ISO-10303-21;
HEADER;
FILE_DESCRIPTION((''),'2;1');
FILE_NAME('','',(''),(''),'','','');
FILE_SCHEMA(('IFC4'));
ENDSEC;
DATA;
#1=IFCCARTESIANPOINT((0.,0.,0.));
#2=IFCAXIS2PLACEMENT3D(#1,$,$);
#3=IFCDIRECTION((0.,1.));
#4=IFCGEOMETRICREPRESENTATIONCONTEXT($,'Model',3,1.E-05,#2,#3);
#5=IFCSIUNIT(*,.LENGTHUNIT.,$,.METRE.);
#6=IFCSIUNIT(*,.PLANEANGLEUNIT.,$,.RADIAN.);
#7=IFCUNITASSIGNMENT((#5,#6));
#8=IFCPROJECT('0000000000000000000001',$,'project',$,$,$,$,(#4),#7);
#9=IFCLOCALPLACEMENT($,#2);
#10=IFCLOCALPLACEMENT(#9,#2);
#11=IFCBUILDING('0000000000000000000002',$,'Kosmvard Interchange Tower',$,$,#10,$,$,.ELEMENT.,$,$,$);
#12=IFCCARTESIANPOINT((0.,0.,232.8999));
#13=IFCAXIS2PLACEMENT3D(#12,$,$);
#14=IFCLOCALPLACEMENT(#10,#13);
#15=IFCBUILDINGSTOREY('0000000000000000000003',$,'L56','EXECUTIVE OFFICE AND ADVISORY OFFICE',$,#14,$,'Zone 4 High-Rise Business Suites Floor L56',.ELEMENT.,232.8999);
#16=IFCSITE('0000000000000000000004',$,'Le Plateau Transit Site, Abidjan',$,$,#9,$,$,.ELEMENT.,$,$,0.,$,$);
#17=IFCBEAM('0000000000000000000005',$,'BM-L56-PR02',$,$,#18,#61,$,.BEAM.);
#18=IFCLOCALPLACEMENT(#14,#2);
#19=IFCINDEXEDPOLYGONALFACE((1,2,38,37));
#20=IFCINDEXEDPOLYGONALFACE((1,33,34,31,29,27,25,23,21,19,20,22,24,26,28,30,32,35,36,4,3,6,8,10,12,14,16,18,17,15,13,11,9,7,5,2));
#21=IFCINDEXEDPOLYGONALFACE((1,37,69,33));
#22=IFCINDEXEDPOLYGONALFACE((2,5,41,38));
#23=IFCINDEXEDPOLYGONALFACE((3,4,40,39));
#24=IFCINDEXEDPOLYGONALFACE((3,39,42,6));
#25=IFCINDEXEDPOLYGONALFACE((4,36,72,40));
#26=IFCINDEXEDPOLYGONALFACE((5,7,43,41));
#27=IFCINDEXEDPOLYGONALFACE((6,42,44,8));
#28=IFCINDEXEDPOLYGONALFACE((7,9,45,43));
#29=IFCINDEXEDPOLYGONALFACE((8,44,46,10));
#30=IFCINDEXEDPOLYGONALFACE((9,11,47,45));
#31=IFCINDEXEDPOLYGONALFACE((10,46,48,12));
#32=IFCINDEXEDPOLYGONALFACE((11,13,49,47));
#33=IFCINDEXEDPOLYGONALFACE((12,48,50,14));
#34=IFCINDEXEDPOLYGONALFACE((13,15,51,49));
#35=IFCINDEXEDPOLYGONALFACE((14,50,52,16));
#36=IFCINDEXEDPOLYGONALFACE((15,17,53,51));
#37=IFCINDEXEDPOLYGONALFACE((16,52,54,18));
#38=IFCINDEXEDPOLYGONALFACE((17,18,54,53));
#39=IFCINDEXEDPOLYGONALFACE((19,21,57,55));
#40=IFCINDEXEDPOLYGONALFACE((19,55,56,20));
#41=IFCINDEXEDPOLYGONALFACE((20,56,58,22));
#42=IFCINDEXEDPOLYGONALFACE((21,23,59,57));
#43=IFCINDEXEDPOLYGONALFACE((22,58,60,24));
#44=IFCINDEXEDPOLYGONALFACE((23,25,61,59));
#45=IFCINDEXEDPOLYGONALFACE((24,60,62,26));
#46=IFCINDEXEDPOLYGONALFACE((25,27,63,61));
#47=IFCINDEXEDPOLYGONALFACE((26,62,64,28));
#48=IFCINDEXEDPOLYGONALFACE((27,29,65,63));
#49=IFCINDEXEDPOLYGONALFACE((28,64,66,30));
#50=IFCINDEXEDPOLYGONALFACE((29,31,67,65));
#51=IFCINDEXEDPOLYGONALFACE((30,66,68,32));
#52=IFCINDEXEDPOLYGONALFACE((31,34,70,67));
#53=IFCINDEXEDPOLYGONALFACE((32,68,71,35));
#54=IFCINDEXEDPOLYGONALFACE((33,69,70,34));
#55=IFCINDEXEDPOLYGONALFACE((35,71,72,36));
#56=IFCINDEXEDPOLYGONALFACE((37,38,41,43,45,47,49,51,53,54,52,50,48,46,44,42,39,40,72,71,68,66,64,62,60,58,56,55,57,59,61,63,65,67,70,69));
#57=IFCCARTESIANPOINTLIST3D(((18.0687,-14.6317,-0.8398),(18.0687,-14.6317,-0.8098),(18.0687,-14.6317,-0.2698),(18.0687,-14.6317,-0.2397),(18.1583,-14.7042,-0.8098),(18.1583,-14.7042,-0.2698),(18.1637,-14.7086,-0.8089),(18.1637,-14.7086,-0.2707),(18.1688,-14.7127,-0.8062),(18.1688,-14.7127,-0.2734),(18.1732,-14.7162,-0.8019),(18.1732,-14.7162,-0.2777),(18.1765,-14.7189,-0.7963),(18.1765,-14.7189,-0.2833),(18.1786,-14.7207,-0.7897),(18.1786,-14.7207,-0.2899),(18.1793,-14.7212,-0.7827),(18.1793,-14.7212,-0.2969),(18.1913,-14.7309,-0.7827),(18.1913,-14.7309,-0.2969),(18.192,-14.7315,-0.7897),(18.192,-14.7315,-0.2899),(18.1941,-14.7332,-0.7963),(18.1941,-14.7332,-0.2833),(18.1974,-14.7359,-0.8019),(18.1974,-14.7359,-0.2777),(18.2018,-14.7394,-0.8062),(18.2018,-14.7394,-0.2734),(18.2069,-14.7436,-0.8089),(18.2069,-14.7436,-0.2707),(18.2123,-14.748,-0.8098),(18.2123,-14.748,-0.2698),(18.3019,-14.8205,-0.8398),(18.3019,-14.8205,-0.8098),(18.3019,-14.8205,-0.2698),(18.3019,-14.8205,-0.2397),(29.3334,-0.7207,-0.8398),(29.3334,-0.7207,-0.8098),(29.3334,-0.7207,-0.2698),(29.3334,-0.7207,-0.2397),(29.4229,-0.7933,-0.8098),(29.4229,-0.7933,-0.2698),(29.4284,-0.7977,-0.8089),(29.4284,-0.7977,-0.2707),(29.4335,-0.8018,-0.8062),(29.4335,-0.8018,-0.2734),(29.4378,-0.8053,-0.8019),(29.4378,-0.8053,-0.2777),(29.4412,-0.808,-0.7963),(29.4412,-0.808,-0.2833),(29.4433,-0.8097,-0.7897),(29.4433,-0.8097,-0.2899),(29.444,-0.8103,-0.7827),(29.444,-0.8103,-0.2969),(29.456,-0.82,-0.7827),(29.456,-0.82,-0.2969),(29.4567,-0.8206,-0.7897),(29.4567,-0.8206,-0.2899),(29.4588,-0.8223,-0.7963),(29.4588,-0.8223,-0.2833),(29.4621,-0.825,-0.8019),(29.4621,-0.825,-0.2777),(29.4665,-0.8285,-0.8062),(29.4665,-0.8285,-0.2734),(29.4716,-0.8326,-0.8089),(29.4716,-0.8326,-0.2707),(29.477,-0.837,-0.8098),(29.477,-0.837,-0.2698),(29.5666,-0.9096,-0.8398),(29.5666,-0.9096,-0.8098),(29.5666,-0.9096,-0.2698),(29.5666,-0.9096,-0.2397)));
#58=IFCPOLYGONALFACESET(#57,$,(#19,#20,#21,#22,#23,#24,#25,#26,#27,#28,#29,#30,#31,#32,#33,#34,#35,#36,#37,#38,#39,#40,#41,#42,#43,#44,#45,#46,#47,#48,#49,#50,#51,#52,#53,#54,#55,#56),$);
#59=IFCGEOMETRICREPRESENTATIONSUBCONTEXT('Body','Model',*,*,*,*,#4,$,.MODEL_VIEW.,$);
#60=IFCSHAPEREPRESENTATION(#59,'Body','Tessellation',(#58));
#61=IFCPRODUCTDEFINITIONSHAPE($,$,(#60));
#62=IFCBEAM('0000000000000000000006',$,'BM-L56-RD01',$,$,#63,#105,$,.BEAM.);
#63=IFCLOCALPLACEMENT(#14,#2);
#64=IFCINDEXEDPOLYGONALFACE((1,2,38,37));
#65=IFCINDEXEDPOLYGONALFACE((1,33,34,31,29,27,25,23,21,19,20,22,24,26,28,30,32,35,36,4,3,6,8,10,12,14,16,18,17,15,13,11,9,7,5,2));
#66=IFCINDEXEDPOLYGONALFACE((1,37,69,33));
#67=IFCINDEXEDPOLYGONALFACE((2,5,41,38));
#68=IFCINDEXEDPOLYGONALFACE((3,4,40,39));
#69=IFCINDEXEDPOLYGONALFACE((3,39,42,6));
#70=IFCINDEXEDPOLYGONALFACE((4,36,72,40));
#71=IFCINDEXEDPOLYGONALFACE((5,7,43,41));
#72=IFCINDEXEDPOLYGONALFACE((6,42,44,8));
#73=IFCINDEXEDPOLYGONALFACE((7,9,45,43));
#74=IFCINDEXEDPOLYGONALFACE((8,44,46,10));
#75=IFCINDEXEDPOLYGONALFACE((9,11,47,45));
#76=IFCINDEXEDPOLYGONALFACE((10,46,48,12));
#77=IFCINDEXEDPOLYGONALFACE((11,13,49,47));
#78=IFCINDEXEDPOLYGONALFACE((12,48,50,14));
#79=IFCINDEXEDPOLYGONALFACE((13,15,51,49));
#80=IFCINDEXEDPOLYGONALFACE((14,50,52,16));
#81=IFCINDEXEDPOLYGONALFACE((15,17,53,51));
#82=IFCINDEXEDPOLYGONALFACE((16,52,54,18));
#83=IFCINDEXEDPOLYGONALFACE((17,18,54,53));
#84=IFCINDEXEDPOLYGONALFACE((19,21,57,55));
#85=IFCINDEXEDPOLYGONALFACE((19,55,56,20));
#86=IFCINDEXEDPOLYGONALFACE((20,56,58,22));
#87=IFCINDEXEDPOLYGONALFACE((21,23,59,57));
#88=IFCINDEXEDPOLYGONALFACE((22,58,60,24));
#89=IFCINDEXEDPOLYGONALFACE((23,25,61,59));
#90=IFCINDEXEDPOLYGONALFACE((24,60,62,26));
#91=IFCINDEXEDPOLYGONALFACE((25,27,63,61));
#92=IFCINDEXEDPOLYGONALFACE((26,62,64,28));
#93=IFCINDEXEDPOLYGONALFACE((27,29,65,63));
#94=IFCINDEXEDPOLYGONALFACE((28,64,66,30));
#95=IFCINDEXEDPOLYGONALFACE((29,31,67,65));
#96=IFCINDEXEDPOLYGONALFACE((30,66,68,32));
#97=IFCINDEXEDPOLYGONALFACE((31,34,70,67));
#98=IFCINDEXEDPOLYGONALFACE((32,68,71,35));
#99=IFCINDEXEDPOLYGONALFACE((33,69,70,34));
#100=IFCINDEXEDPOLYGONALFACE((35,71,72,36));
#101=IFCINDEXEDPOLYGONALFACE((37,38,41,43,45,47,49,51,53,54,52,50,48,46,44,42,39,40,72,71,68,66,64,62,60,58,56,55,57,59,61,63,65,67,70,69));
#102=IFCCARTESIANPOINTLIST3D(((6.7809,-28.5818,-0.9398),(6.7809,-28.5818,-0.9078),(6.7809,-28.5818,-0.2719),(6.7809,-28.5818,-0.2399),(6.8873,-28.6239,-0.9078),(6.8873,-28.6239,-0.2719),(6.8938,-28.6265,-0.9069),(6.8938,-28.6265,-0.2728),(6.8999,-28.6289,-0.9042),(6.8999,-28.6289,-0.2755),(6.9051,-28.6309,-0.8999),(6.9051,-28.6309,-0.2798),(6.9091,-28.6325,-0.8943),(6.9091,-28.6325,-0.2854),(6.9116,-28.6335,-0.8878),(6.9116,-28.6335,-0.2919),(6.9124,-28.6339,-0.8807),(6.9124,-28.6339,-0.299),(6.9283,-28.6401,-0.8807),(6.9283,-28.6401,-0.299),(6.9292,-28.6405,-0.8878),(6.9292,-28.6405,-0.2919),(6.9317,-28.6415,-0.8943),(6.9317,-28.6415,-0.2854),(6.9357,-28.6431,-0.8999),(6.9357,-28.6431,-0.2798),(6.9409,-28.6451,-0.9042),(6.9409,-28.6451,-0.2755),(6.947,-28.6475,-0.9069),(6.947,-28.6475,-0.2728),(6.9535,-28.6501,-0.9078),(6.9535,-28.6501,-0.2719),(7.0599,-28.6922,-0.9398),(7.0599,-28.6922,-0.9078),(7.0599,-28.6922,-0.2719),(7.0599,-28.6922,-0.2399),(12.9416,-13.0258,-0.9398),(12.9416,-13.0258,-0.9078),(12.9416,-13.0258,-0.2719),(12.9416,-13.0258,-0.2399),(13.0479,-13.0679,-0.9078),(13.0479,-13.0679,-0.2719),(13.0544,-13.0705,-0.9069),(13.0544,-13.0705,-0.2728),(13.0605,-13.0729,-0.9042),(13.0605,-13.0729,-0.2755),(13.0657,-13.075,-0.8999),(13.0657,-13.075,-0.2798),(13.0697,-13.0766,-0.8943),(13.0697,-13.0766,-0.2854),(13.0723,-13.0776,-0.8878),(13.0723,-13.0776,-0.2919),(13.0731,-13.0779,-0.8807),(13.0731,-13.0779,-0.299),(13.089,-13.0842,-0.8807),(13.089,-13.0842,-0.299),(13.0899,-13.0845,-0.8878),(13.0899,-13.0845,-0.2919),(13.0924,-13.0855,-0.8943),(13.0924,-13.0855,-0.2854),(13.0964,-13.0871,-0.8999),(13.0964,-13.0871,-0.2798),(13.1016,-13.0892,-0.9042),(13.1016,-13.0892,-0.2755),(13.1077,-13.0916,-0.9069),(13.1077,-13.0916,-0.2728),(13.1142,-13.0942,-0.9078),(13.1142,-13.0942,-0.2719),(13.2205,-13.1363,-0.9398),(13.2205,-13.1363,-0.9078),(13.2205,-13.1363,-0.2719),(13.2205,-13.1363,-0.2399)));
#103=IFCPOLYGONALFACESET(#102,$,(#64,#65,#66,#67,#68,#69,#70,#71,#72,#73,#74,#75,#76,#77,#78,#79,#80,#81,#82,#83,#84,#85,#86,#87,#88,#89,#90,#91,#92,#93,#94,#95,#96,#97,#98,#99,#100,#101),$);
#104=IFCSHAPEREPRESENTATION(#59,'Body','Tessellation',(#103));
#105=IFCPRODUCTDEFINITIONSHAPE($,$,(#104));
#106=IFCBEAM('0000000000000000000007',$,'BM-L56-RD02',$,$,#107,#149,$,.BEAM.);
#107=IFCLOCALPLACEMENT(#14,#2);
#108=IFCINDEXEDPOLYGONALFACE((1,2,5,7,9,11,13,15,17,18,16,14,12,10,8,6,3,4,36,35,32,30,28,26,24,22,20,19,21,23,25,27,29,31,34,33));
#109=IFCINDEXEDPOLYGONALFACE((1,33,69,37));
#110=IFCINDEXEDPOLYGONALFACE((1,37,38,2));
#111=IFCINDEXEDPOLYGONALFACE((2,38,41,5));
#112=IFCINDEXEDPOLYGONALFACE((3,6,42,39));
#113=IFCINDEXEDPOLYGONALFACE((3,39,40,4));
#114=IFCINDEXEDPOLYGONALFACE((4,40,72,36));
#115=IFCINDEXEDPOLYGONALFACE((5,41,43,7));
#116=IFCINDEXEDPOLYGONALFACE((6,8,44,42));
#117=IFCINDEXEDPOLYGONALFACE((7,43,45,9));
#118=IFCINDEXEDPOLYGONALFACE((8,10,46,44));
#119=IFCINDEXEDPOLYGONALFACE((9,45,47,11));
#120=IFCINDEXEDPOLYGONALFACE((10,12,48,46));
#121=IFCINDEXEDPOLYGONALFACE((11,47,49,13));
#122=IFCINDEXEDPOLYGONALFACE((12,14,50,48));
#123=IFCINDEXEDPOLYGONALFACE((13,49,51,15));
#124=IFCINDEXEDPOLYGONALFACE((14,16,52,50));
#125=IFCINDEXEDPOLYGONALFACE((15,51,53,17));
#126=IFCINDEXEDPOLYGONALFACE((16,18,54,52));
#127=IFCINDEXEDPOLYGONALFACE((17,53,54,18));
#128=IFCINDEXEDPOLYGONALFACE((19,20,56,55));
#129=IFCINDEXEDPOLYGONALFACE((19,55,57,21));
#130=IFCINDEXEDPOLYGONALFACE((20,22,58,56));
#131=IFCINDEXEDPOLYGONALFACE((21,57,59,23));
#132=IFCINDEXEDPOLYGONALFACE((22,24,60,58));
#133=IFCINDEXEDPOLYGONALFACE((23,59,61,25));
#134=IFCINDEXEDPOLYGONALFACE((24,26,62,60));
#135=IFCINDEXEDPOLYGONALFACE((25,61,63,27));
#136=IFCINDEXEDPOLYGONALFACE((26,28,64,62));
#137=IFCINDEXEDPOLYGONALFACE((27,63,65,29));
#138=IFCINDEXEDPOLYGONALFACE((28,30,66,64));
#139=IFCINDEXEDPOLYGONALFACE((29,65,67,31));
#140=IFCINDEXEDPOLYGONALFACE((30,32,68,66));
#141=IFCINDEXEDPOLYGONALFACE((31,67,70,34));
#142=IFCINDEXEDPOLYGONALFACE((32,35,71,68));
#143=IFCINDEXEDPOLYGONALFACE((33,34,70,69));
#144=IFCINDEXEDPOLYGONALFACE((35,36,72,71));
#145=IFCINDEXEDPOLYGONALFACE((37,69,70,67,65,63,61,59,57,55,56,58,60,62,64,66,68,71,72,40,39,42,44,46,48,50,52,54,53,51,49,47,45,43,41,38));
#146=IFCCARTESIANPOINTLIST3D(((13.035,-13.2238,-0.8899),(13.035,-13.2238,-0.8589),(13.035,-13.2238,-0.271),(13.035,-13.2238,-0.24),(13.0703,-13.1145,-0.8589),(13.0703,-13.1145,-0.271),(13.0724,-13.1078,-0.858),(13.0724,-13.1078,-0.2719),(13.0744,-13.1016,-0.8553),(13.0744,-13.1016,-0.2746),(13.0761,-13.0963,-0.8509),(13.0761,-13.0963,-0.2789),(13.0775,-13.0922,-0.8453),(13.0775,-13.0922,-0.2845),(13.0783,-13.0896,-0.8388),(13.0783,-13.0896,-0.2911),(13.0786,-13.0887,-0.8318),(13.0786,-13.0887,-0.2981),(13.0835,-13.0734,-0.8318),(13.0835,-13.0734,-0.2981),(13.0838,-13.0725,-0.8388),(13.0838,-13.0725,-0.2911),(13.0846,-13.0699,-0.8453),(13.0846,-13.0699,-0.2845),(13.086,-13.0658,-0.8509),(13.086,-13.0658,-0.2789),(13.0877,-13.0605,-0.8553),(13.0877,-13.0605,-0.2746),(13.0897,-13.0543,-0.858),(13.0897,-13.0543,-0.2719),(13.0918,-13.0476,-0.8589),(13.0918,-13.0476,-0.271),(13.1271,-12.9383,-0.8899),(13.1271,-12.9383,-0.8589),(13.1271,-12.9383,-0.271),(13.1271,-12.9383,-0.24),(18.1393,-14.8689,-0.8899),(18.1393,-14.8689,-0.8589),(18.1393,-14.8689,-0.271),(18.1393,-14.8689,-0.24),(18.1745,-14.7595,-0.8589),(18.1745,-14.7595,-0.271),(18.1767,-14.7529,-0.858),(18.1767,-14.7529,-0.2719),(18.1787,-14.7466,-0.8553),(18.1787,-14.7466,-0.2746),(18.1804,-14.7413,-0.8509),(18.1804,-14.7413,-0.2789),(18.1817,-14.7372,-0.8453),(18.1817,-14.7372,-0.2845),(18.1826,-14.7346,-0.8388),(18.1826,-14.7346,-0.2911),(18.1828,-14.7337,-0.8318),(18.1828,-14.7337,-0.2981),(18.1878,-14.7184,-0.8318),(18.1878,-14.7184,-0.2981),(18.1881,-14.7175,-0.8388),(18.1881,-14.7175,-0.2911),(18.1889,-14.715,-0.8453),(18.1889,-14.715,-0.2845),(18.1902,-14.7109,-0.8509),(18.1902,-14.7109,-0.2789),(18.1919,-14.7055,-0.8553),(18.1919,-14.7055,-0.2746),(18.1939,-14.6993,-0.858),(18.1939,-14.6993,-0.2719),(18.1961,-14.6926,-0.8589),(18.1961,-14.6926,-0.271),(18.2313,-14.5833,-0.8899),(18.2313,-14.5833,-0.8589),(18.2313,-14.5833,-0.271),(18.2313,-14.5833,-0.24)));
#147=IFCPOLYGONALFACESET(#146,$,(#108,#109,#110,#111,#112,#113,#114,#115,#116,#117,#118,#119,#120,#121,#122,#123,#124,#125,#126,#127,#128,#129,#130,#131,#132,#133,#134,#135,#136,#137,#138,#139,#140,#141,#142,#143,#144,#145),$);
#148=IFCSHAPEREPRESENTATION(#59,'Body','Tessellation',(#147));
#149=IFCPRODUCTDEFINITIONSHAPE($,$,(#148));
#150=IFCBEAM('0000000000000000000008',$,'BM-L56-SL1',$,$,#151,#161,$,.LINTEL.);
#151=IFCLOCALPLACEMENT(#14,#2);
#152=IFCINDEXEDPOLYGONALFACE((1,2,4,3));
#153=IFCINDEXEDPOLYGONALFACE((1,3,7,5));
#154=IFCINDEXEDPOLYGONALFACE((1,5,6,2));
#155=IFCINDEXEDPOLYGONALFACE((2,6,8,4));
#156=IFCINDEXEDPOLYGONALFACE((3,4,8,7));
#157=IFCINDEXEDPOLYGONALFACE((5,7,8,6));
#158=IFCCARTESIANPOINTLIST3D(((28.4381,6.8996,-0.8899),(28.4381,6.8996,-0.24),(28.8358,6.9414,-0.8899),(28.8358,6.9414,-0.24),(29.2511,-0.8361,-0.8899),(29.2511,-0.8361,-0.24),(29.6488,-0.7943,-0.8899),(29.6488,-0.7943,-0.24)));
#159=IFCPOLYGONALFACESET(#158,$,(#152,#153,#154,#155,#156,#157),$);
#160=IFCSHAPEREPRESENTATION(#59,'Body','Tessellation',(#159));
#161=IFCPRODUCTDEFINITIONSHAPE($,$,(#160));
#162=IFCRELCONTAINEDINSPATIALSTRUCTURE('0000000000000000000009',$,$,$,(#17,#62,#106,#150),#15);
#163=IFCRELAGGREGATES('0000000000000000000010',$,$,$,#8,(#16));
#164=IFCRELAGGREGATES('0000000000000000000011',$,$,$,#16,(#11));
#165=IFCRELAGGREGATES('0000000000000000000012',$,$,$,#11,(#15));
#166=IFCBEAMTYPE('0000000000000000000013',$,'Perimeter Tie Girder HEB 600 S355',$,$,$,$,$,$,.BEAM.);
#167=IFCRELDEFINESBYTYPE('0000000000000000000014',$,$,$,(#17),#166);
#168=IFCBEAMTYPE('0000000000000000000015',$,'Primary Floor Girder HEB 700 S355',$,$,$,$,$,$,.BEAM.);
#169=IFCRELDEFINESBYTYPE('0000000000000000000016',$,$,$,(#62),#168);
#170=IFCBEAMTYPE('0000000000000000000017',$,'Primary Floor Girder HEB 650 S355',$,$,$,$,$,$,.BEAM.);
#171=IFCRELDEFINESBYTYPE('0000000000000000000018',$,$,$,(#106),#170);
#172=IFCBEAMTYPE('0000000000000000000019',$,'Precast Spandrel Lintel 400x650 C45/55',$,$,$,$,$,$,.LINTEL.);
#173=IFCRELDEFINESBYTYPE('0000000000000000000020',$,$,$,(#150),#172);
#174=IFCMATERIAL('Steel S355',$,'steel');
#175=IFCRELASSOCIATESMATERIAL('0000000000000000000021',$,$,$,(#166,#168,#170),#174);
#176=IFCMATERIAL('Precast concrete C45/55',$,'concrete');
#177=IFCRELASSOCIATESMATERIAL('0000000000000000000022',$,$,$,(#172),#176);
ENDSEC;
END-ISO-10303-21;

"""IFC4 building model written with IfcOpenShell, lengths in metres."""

from ifc_helpers import new_model, si_unit, direction, frame, origin, origin_2d, place, context, subcontext, project, spatial, rectangle, i_section, extrude, source, transform, mapped, material, material_profile, profile_set, type_object, element, save


model = new_model("IFC4")

# Units and contexts
model_context = context("Model", 3, precision=1e-05, world=origin(), true_north=direction((0.0, 1.0)))
body_context = subcontext(model_context, "Body", "Model", "MODEL_VIEW")
ifc_project = project(units=[si_unit("LENGTHUNIT", "METRE"), si_unit("PLANEANGLEUNIT", "RADIAN")], contexts=[model_context])

# Site, building, storey
site_placement = place(None, origin())
site = spatial("IfcSite", under=ifc_project, at=site_placement, Name="Le Plateau Transit Site, Abidjan", CompositionType="ELEMENT", RefElevation=0.0)
building_placement = place(site_placement, origin())
building = spatial("IfcBuilding", under=site, at=building_placement, Name="Kosmvard Interchange Tower", CompositionType="ELEMENT")
storey_placement = place(building_placement, frame((0.0, 0.0, 232.8999)))
storey = spatial("IfcBuildingStorey", under=building, at=storey_placement, Name="L56", Description="EXECUTIVE OFFICE AND ADVISORY OFFICE", LongName="Zone 4 High-Rise Business Suites Floor L56", CompositionType="ELEMENT", Elevation=232.8999)

# Beams
ifc_material_1 = material(Name="Steel S355", Category="steel")
ifc_material_profile_1 = material_profile(ifc_material_1, i_section(OverallWidth=0.3, OverallDepth=0.6001, WebThickness=0.0154, FlangeThickness=0.03, FilletRadius=0.0271, at=origin_2d()), Name="HEB 600")
ifc_profile_set_1 = profile_set([ifc_material_profile_1], Name="Steel S355")
beam_type_1 = type_object("IfcBeamType", Name="Perimeter Tie Girder HEB 600 S355", PredefinedType="BEAM", material=ifc_profile_set_1)
shared_shape_1 = source(origin(), body_context, "Body", "SweptSolid", [
    extrude(i_section(OverallWidth=0.3, OverallDepth=0.6001, WebThickness=0.0154, FlangeThickness=0.03, FilletRadius=0.0271, at=origin_2d()), origin(), (0.0, 0.0, 1.0), 17.8999),
])
beam_1_placement = place(storey_placement, frame((18.1853, -14.7261, -0.5398), z_axis=(0.629315, 0.777151, 0.0), x_axis=(-0.777151, 0.629315, 0.0)))
element("IfcBeam", 1, at=beam_1_placement, inside=storey, type_object=beam_type_1, Name="BM-L56-PR02", PredefinedType="BEAM", context=body_context, shape_type="MappedRepresentation", body=[
    mapped(shared_shape_1, transform((0.0, 0.0, 0.0), scale=1.0)),
])
ifc_material_profile_2 = material_profile(ifc_material_1, i_section(OverallWidth=0.3, OverallDepth=0.7, WebThickness=0.0171, FlangeThickness=0.032, FilletRadius=0.0271, at=origin_2d()), Name="HEB 700")
ifc_profile_set_2 = profile_set([ifc_material_profile_2], Name="Steel S355")
beam_type_2 = type_object("IfcBeamType", Name="Primary Floor Girder HEB 700 S355", PredefinedType="BEAM", material=ifc_profile_set_2)
shared_shape_2 = source(origin(), body_context, "Body", "SweptSolid", [
    extrude(i_section(OverallWidth=0.3, OverallDepth=0.7, WebThickness=0.0171, FlangeThickness=0.032, FilletRadius=0.0271, at=origin_2d()), origin(), (0.0, 0.0, 1.0), 16.7314),
])
beam_2_placement = place(storey_placement, frame((13.0811, -13.0811, -0.5898), z_axis=(-0.368209, -0.929743, 0.0), x_axis=(0.929743, -0.368209, 0.0)))
element("IfcBeam", 2, at=beam_2_placement, inside=storey, type_object=beam_type_2, Name="BM-L56-RD01", PredefinedType="BEAM", context=body_context, shape_type="MappedRepresentation", body=[
    mapped(shared_shape_2, transform((0.0, 0.0, 0.0), scale=1.0)),
])
ifc_material_profile_3 = material_profile(ifc_material_1, i_section(OverallWidth=0.3, OverallDepth=0.6499, WebThickness=0.0161, FlangeThickness=0.031, FilletRadius=0.0271, at=origin_2d()), Name="HEB 650")
ifc_profile_set_3 = profile_set([ifc_material_profile_3], Name="Steel S355")
beam_type_3 = type_object("IfcBeamType", Name="Primary Floor Girder HEB 650 S355", PredefinedType="BEAM", material=ifc_profile_set_3)
shared_shape_3 = source(origin(), body_context, "Body", "SweptSolid", [
    extrude(i_section(OverallWidth=0.3, OverallDepth=0.6499, WebThickness=0.0161, FlangeThickness=0.031, FilletRadius=0.0271, at=origin_2d()), origin(), (0.0, 0.0, 1.0), 5.3628),
])
beam_3_placement = place(storey_placement, frame((13.0811, -13.0811, -0.5649), z_axis=(0.951791, -0.306747, 0.0), x_axis=(0.306747, 0.951791, 0.0)))
element("IfcBeam", 3, at=beam_3_placement, inside=storey, type_object=beam_type_3, Name="BM-L56-RD02", PredefinedType="BEAM", context=body_context, shape_type="MappedRepresentation", body=[
    mapped(shared_shape_3, transform((0.0, 0.0, 0.0), scale=1.0)),
])
ifc_material_2 = material(Name="Precast concrete C45/55", Category="concrete")
ifc_material_profile_4 = material_profile(ifc_material_2, rectangle(XDim=0.3999, YDim=0.6499, at=origin_2d()), Name="SL 400x650")
ifc_profile_set_4 = profile_set([ifc_material_profile_4], Name="Precast concrete C45/55")
beam_type_4 = type_object("IfcBeamType", Name="Precast Spandrel Lintel 400x650 C45/55", PredefinedType="LINTEL", material=ifc_profile_set_4)
shared_shape_4 = source(origin(), body_context, "Body", "SweptSolid", [
    extrude(rectangle(XDim=0.3999, YDim=0.6499, at=origin_2d()), origin(), (0.0, 0.0, 1.0), 7.7783),
])
beam_4_placement = place(storey_placement, frame((29.45, -0.8152, -0.5649), z_axis=(-0.104521, 0.994523, 0.0), x_axis=(-0.994523, -0.104521, 0.0)))
element("IfcBeam", 4, at=beam_4_placement, inside=storey, type_object=beam_type_4, Name="BM-L56-SL1", PredefinedType="LINTEL", context=body_context, shape_type="MappedRepresentation", body=[
    mapped(shared_shape_4, transform((0.0, 0.0, 0.0), scale=1.0)),
])

save(model, "model.ifc")
